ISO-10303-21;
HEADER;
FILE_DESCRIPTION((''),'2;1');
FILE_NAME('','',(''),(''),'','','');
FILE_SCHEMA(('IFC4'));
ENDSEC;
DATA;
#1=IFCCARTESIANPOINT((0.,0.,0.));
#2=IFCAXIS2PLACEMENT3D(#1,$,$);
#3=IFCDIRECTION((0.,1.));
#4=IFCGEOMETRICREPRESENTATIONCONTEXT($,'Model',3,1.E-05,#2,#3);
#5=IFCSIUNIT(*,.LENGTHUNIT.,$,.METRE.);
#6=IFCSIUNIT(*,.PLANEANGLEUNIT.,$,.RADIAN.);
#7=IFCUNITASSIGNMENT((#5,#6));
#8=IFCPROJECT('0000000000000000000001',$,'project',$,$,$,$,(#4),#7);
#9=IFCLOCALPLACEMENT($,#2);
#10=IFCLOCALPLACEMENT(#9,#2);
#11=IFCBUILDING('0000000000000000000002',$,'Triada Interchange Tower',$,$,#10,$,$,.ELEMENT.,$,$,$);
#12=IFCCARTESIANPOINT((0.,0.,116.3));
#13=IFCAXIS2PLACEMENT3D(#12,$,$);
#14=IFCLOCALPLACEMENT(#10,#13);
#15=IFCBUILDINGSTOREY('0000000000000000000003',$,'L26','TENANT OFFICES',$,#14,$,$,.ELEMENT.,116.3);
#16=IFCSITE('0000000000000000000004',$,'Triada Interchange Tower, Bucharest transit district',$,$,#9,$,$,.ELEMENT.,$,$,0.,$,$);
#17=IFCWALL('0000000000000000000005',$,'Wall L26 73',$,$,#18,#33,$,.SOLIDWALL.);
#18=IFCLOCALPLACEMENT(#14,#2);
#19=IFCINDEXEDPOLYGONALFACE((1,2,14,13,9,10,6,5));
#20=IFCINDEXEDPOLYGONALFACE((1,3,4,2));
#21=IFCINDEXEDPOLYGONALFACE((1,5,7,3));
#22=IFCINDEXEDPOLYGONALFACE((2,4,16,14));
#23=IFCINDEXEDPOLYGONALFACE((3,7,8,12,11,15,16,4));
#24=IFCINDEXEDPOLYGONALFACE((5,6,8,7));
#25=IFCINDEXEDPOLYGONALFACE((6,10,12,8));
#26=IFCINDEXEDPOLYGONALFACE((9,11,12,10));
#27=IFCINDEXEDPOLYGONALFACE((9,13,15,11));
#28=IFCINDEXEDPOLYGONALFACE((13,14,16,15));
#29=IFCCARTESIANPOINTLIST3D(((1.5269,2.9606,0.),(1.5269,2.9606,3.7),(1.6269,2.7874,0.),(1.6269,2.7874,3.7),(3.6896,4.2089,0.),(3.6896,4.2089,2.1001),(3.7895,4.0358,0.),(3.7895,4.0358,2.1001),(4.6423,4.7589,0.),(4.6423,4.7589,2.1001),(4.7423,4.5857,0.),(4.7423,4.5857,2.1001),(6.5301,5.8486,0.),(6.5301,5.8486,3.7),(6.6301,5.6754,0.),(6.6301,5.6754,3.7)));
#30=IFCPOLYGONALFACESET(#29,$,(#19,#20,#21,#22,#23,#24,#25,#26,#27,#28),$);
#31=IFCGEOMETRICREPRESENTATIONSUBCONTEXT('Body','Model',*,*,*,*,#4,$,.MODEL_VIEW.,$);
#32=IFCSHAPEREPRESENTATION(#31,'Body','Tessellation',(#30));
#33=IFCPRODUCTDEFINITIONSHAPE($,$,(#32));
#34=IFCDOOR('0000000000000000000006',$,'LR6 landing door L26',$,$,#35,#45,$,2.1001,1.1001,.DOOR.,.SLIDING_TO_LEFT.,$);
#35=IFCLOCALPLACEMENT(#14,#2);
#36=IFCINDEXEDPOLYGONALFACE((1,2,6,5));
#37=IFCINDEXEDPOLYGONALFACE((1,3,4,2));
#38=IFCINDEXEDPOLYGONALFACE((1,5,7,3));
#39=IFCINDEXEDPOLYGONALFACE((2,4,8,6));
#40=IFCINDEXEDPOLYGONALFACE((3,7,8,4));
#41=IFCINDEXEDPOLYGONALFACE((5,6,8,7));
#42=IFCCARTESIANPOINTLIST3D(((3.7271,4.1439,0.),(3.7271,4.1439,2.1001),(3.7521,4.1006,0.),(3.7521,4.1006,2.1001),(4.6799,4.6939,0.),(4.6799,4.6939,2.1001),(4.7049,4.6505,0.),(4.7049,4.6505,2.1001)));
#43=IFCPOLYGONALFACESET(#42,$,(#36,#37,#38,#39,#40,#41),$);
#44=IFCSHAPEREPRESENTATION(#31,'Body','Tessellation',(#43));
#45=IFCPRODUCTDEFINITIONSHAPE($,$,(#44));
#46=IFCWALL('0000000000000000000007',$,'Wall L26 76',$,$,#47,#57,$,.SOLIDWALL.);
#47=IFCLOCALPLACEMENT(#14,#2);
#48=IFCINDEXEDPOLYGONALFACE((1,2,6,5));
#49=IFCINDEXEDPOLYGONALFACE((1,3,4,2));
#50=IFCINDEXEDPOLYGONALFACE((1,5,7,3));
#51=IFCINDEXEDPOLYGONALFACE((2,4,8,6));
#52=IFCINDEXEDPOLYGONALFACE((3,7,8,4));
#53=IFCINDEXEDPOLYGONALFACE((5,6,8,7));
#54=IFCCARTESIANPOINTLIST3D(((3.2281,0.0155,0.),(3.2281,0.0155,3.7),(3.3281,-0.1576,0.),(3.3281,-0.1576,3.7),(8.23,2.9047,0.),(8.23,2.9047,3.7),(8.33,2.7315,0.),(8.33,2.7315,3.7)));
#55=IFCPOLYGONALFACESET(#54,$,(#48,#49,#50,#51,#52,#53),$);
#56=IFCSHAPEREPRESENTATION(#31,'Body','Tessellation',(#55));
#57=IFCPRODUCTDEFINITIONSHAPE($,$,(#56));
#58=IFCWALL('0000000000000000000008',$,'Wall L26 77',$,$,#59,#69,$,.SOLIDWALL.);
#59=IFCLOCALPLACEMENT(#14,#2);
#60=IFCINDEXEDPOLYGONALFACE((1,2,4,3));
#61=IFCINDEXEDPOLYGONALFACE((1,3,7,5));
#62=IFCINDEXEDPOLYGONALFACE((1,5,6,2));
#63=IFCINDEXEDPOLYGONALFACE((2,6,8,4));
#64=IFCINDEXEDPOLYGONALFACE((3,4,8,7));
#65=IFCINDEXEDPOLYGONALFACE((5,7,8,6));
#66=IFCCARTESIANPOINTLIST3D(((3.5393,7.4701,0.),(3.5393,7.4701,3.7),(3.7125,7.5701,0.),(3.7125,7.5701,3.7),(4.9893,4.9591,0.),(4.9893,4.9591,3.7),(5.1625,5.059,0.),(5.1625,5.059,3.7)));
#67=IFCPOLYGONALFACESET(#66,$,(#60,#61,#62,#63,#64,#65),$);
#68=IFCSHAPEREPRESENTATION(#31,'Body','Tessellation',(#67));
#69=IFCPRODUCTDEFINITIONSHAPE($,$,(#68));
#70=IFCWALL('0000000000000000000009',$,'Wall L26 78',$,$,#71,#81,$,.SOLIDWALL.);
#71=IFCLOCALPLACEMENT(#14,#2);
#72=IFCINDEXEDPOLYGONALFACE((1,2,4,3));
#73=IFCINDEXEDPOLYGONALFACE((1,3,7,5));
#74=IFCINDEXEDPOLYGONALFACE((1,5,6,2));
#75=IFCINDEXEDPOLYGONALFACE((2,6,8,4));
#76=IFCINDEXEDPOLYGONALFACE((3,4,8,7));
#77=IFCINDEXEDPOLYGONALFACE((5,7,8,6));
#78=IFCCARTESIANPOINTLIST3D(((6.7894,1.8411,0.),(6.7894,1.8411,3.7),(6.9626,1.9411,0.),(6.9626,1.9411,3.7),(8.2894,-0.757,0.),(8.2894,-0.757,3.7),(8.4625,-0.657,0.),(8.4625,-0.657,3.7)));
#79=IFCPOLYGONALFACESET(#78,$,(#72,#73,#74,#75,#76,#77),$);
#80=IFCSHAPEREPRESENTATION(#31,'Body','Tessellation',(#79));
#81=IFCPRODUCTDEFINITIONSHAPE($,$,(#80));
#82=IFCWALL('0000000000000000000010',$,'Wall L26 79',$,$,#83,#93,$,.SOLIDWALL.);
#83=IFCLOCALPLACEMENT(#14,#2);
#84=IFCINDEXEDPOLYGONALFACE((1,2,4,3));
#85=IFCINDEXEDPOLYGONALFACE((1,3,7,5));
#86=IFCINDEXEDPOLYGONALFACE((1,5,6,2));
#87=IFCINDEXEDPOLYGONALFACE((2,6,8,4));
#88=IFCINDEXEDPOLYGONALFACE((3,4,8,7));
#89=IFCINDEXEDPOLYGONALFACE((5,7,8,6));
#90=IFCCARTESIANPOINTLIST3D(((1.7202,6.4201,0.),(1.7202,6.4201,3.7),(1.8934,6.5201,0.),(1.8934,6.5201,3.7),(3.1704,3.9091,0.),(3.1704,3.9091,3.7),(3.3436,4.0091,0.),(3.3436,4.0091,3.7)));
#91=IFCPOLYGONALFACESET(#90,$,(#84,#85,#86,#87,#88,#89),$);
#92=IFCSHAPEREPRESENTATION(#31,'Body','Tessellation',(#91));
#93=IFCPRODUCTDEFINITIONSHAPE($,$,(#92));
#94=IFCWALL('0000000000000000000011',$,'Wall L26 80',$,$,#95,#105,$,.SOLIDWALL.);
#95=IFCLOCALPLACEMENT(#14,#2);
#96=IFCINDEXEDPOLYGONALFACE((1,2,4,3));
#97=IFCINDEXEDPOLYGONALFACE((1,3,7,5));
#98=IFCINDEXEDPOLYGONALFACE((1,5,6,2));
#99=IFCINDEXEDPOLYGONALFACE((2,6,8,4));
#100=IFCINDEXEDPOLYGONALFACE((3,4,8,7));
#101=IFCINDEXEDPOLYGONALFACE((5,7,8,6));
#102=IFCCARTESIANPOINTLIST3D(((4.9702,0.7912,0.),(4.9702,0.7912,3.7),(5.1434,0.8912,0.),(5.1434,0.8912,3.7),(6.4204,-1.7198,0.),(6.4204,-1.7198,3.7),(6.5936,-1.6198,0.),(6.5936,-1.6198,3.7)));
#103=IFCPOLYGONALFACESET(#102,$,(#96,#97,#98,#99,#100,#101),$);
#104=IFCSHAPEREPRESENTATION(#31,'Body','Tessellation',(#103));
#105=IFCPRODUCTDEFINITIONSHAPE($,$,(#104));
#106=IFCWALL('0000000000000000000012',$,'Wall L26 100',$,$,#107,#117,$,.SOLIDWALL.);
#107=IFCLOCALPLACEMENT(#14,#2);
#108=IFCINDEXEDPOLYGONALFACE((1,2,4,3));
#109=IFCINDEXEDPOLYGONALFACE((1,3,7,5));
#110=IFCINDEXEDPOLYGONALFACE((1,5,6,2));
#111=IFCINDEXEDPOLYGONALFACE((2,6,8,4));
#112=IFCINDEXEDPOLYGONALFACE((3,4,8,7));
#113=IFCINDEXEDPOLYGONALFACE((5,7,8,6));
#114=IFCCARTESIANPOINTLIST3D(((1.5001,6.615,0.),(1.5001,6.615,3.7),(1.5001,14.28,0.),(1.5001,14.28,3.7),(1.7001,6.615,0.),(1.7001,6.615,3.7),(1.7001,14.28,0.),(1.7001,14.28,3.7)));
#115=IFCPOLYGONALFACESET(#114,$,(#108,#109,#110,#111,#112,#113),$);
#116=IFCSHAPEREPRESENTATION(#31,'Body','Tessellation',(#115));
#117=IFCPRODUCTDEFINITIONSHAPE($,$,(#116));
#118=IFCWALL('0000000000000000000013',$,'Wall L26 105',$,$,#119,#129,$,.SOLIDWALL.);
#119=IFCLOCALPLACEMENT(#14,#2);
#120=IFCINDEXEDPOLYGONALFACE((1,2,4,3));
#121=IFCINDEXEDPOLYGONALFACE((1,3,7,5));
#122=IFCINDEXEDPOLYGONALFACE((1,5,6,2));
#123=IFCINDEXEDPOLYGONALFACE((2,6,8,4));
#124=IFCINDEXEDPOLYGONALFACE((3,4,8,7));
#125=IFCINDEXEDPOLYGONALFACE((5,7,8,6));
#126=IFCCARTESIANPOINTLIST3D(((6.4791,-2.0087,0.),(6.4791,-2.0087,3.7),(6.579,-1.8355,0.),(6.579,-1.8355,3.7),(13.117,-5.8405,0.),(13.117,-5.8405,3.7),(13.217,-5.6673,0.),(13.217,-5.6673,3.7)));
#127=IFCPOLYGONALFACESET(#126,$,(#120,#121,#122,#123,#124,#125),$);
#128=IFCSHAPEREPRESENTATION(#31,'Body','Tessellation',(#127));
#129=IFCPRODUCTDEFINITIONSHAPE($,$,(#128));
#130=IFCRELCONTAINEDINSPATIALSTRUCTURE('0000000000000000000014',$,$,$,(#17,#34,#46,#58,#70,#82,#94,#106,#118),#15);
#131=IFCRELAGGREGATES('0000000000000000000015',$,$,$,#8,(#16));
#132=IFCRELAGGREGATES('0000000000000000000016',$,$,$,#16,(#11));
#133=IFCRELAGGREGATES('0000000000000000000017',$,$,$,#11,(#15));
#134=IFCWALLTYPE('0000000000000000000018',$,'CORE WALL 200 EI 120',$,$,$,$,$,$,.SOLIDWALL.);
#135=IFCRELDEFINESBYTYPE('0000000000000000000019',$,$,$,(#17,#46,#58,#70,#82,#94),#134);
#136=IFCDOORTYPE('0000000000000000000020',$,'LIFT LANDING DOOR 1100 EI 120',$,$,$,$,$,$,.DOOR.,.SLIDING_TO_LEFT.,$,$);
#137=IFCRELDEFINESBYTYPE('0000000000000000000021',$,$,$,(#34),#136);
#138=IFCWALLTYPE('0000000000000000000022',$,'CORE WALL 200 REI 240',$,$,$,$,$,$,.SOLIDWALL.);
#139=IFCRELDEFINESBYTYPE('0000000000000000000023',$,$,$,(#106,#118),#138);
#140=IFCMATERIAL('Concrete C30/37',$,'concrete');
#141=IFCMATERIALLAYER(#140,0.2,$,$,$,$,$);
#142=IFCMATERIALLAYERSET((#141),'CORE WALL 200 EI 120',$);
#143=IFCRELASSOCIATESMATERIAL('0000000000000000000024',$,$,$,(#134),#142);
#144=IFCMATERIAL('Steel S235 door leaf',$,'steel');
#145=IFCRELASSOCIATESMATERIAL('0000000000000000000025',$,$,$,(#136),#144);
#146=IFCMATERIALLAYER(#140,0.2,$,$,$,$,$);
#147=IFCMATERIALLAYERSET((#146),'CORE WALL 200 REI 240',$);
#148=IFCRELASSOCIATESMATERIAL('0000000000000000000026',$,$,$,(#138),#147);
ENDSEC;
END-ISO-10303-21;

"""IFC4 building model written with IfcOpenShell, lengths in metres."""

from ifc_helpers import new_model, si_unit, direction, frame, frame_2d, origin, place, context, subcontext, project, spatial, rectangle, extrude, material, layer, layer_set, type_object, element, fill, save


model = new_model("IFC4")

# Units and contexts
model_context = context("Model", 3, precision=1e-05, world=origin(), true_north=direction((0.0, 1.0)))
body_context = subcontext(model_context, "Body", "Model", "MODEL_VIEW")
ifc_project = project(units=[si_unit("LENGTHUNIT", "METRE"), si_unit("PLANEANGLEUNIT", "RADIAN")], contexts=[model_context])

# Site, building, storey
site_placement = place(None, origin())
site = spatial("IfcSite", under=ifc_project, at=site_placement, Name="Triada Interchange Tower, Bucharest transit district", CompositionType="ELEMENT", RefElevation=0.0)
building_placement = place(site_placement, origin())
building = spatial("IfcBuilding", under=site, at=building_placement, Name="Triada Interchange Tower", CompositionType="ELEMENT")
storey_placement = place(building_placement, frame((0.0, 0.0, 116.3)))
storey = spatial("IfcBuildingStorey", under=building, at=storey_placement, Name="L26", Description="TENANT OFFICES", CompositionType="ELEMENT", Elevation=116.3)

# Shared definitions
ifc_material_1 = material(Name="Concrete C30/37", Category="concrete")
ifc_layer_1 = layer(ifc_material_1, 0.2)
ifc_layer_set_1 = layer_set([ifc_layer_1], Name="CORE WALL 200 EI 120")
wall_type_1 = type_object("IfcWallType", Name="CORE WALL 200 EI 120", PredefinedType="SOLIDWALL", material=ifc_layer_set_1)
ifc_material_2 = material(Name="Steel S235 door leaf", Category="steel")
door_type_1 = type_object("IfcDoorType", Name="LIFT LANDING DOOR 1100 EI 120", OperationType="SLIDING_TO_LEFT", PredefinedType="DOOR", material=ifc_material_2)

# Wall, opening, door
wall_1_placement = place(storey_placement, frame((1.5769, 2.874, 0.0), z_axis=(0.0, 0.0, 1.0), x_axis=(0.866074, 0.499916, 0.0)))
wall_1 = element("IfcWall", 1, at=wall_1_placement, inside=storey, type_object=wall_type_1, Name="Wall L26 73", PredefinedType="SOLIDWALL", context=body_context, shape_type="SweptSolid", body=[
    extrude(rectangle(XDim=5.7769, YDim=0.2, at=frame_2d((2.8884, 0.0))), origin(), (0.0, 0.0, 1.0), 3.7),
])
opening_1_placement = place(wall_1_placement, frame((2.4971, 0.0, 0.0)))
opening_1 = element("IfcOpeningElement", 2, at=opening_1_placement, cuts=wall_1, PredefinedType="OPENING", context=body_context, shape_type="SweptSolid", body=[
    extrude(rectangle(XDim=1.1001, YDim=2.1001, at=frame_2d((0.55, 1.05))), frame((0.0, 0.1099, 0.0), z_axis=(0.0, -1.0, 0.0), x_axis=(1.0, 0.0, 0.0)), (0.0, 0.0, 1.0), 0.22),
])
door_1_placement = place(opening_1_placement, origin())
door_1 = element("IfcDoor", 3, at=door_1_placement, inside=storey, type_object=door_type_1, Name="LR6 landing door L26", OperationType="SLIDING_TO_LEFT", OverallHeight=2.1001, OverallWidth=1.1001, PredefinedType="DOOR", context=body_context, shape_type="SweptSolid", body=[
    extrude(rectangle(XDim=1.1001, YDim=2.1001, at=frame_2d((0.55, 1.05))), frame((0.0, 0.0249, 0.0), z_axis=(0.0, -1.0, 0.0), x_axis=(1.0, 0.0, 0.0)), (0.0, 0.0, 1.0), 0.05),
])
fill(opening_1, door_1)

# Walls
wall_2_placement = place(storey_placement, frame((3.2781, -0.071, 0.0), z_axis=(0.0, 0.0, 1.0), x_axis=(0.865929, 0.500166, 0.0)))
element("IfcWall", 4, at=wall_2_placement, inside=storey, type_object=wall_type_1, Name="Wall L26 76", PredefinedType="SOLIDWALL", context=body_context, shape_type="SweptSolid", body=[
    extrude(rectangle(XDim=5.7764, YDim=0.2, at=frame_2d((2.8882, 0.0))), origin(), (0.0, 0.0, 1.0), 3.7),
])
wall_3_placement = place(storey_placement, frame((3.626, 7.52, 0.0), z_axis=(0.0, 0.0, 1.0), x_axis=(0.50006, -0.865991, 0.0)))
element("IfcWall", 5, at=wall_3_placement, inside=storey, type_object=wall_type_1, Name="Wall L26 77", PredefinedType="SOLIDWALL", context=body_context, shape_type="SweptSolid", body=[
    extrude(rectangle(XDim=2.8997, YDim=0.2, at=frame_2d((1.4497, 0.0))), origin(), (0.0, 0.0, 1.0), 3.7),
])
wall_4_placement = place(storey_placement, frame((6.876, 1.8911, 0.0), z_axis=(0.0, 0.0, 1.0), x_axis=(0.49999, -0.866031, 0.0)))
element("IfcWall", 6, at=wall_4_placement, inside=storey, type_object=wall_type_1, Name="Wall L26 78", PredefinedType="SOLIDWALL", context=body_context, shape_type="SweptSolid", body=[
    extrude(rectangle(XDim=3.0, YDim=0.2, at=frame_2d((1.5, 0.0))), origin(), (0.0, 0.0, 1.0), 3.7),
])
for number, where, z_axis, x_axis, name in (
    (7, (1.8069, 6.47, 0.0), (0.0, 0.0, 1.0), (0.500123, -0.865954, 0.0), "Wall L26 79"),
    (8, (5.0569, 0.8411, 0.0), (0.0, 0.0, 1.0), (0.500123, -0.865954, 0.0), "Wall L26 80"),
):
    element("IfcWall", number, at=place(storey_placement, frame(where, z_axis=z_axis, x_axis=x_axis)), inside=storey, type_object=wall_type_1, Name=name, PredefinedType="SOLIDWALL", context=body_context, shape_type="SweptSolid", body=[
        extrude(rectangle(XDim=2.8997, YDim=0.2, at=frame_2d((1.4497, 0.0))), origin(), (0.0, 0.0, 1.0), 3.7),
    ])
ifc_layer_2 = layer(ifc_material_1, 0.2)
ifc_layer_set_2 = layer_set([ifc_layer_2], Name="CORE WALL 200 REI 240")
wall_type_2 = type_object("IfcWallType", Name="CORE WALL 200 REI 240", PredefinedType="SOLIDWALL", material=ifc_layer_set_2)
wall_5_placement = place(storey_placement, frame((1.6001, 6.615, 0.0), z_axis=(0.0, 0.0, 1.0), x_axis=(0.0, 1.0, 0.0)))
element("IfcWall", 9, at=wall_5_placement, inside=storey, type_object=wall_type_2, Name="Wall L26 100", PredefinedType="SOLIDWALL", context=body_context, shape_type="SweptSolid", body=[
    extrude(rectangle(XDim=7.665, YDim=0.2, at=frame_2d((3.8325, 0.0))), origin(), (0.0, 0.0, 1.0), 3.7),
])
wall_6_placement = place(storey_placement, frame((6.5291, -1.9221, 0.0), z_axis=(0.0, 0.0, 1.0), x_axis=(0.866061, -0.499938, 0.0)))
element("IfcWall", 10, at=wall_6_placement, inside=storey, type_object=wall_type_2, Name="Wall L26 105", PredefinedType="SOLIDWALL", context=body_context, shape_type="SweptSolid", body=[
    extrude(rectangle(XDim=7.6646, YDim=0.2, at=frame_2d((3.8323, 0.0))), origin(), (0.0, 0.0, 1.0), 3.7),
])

save(model, "model.ifc")
